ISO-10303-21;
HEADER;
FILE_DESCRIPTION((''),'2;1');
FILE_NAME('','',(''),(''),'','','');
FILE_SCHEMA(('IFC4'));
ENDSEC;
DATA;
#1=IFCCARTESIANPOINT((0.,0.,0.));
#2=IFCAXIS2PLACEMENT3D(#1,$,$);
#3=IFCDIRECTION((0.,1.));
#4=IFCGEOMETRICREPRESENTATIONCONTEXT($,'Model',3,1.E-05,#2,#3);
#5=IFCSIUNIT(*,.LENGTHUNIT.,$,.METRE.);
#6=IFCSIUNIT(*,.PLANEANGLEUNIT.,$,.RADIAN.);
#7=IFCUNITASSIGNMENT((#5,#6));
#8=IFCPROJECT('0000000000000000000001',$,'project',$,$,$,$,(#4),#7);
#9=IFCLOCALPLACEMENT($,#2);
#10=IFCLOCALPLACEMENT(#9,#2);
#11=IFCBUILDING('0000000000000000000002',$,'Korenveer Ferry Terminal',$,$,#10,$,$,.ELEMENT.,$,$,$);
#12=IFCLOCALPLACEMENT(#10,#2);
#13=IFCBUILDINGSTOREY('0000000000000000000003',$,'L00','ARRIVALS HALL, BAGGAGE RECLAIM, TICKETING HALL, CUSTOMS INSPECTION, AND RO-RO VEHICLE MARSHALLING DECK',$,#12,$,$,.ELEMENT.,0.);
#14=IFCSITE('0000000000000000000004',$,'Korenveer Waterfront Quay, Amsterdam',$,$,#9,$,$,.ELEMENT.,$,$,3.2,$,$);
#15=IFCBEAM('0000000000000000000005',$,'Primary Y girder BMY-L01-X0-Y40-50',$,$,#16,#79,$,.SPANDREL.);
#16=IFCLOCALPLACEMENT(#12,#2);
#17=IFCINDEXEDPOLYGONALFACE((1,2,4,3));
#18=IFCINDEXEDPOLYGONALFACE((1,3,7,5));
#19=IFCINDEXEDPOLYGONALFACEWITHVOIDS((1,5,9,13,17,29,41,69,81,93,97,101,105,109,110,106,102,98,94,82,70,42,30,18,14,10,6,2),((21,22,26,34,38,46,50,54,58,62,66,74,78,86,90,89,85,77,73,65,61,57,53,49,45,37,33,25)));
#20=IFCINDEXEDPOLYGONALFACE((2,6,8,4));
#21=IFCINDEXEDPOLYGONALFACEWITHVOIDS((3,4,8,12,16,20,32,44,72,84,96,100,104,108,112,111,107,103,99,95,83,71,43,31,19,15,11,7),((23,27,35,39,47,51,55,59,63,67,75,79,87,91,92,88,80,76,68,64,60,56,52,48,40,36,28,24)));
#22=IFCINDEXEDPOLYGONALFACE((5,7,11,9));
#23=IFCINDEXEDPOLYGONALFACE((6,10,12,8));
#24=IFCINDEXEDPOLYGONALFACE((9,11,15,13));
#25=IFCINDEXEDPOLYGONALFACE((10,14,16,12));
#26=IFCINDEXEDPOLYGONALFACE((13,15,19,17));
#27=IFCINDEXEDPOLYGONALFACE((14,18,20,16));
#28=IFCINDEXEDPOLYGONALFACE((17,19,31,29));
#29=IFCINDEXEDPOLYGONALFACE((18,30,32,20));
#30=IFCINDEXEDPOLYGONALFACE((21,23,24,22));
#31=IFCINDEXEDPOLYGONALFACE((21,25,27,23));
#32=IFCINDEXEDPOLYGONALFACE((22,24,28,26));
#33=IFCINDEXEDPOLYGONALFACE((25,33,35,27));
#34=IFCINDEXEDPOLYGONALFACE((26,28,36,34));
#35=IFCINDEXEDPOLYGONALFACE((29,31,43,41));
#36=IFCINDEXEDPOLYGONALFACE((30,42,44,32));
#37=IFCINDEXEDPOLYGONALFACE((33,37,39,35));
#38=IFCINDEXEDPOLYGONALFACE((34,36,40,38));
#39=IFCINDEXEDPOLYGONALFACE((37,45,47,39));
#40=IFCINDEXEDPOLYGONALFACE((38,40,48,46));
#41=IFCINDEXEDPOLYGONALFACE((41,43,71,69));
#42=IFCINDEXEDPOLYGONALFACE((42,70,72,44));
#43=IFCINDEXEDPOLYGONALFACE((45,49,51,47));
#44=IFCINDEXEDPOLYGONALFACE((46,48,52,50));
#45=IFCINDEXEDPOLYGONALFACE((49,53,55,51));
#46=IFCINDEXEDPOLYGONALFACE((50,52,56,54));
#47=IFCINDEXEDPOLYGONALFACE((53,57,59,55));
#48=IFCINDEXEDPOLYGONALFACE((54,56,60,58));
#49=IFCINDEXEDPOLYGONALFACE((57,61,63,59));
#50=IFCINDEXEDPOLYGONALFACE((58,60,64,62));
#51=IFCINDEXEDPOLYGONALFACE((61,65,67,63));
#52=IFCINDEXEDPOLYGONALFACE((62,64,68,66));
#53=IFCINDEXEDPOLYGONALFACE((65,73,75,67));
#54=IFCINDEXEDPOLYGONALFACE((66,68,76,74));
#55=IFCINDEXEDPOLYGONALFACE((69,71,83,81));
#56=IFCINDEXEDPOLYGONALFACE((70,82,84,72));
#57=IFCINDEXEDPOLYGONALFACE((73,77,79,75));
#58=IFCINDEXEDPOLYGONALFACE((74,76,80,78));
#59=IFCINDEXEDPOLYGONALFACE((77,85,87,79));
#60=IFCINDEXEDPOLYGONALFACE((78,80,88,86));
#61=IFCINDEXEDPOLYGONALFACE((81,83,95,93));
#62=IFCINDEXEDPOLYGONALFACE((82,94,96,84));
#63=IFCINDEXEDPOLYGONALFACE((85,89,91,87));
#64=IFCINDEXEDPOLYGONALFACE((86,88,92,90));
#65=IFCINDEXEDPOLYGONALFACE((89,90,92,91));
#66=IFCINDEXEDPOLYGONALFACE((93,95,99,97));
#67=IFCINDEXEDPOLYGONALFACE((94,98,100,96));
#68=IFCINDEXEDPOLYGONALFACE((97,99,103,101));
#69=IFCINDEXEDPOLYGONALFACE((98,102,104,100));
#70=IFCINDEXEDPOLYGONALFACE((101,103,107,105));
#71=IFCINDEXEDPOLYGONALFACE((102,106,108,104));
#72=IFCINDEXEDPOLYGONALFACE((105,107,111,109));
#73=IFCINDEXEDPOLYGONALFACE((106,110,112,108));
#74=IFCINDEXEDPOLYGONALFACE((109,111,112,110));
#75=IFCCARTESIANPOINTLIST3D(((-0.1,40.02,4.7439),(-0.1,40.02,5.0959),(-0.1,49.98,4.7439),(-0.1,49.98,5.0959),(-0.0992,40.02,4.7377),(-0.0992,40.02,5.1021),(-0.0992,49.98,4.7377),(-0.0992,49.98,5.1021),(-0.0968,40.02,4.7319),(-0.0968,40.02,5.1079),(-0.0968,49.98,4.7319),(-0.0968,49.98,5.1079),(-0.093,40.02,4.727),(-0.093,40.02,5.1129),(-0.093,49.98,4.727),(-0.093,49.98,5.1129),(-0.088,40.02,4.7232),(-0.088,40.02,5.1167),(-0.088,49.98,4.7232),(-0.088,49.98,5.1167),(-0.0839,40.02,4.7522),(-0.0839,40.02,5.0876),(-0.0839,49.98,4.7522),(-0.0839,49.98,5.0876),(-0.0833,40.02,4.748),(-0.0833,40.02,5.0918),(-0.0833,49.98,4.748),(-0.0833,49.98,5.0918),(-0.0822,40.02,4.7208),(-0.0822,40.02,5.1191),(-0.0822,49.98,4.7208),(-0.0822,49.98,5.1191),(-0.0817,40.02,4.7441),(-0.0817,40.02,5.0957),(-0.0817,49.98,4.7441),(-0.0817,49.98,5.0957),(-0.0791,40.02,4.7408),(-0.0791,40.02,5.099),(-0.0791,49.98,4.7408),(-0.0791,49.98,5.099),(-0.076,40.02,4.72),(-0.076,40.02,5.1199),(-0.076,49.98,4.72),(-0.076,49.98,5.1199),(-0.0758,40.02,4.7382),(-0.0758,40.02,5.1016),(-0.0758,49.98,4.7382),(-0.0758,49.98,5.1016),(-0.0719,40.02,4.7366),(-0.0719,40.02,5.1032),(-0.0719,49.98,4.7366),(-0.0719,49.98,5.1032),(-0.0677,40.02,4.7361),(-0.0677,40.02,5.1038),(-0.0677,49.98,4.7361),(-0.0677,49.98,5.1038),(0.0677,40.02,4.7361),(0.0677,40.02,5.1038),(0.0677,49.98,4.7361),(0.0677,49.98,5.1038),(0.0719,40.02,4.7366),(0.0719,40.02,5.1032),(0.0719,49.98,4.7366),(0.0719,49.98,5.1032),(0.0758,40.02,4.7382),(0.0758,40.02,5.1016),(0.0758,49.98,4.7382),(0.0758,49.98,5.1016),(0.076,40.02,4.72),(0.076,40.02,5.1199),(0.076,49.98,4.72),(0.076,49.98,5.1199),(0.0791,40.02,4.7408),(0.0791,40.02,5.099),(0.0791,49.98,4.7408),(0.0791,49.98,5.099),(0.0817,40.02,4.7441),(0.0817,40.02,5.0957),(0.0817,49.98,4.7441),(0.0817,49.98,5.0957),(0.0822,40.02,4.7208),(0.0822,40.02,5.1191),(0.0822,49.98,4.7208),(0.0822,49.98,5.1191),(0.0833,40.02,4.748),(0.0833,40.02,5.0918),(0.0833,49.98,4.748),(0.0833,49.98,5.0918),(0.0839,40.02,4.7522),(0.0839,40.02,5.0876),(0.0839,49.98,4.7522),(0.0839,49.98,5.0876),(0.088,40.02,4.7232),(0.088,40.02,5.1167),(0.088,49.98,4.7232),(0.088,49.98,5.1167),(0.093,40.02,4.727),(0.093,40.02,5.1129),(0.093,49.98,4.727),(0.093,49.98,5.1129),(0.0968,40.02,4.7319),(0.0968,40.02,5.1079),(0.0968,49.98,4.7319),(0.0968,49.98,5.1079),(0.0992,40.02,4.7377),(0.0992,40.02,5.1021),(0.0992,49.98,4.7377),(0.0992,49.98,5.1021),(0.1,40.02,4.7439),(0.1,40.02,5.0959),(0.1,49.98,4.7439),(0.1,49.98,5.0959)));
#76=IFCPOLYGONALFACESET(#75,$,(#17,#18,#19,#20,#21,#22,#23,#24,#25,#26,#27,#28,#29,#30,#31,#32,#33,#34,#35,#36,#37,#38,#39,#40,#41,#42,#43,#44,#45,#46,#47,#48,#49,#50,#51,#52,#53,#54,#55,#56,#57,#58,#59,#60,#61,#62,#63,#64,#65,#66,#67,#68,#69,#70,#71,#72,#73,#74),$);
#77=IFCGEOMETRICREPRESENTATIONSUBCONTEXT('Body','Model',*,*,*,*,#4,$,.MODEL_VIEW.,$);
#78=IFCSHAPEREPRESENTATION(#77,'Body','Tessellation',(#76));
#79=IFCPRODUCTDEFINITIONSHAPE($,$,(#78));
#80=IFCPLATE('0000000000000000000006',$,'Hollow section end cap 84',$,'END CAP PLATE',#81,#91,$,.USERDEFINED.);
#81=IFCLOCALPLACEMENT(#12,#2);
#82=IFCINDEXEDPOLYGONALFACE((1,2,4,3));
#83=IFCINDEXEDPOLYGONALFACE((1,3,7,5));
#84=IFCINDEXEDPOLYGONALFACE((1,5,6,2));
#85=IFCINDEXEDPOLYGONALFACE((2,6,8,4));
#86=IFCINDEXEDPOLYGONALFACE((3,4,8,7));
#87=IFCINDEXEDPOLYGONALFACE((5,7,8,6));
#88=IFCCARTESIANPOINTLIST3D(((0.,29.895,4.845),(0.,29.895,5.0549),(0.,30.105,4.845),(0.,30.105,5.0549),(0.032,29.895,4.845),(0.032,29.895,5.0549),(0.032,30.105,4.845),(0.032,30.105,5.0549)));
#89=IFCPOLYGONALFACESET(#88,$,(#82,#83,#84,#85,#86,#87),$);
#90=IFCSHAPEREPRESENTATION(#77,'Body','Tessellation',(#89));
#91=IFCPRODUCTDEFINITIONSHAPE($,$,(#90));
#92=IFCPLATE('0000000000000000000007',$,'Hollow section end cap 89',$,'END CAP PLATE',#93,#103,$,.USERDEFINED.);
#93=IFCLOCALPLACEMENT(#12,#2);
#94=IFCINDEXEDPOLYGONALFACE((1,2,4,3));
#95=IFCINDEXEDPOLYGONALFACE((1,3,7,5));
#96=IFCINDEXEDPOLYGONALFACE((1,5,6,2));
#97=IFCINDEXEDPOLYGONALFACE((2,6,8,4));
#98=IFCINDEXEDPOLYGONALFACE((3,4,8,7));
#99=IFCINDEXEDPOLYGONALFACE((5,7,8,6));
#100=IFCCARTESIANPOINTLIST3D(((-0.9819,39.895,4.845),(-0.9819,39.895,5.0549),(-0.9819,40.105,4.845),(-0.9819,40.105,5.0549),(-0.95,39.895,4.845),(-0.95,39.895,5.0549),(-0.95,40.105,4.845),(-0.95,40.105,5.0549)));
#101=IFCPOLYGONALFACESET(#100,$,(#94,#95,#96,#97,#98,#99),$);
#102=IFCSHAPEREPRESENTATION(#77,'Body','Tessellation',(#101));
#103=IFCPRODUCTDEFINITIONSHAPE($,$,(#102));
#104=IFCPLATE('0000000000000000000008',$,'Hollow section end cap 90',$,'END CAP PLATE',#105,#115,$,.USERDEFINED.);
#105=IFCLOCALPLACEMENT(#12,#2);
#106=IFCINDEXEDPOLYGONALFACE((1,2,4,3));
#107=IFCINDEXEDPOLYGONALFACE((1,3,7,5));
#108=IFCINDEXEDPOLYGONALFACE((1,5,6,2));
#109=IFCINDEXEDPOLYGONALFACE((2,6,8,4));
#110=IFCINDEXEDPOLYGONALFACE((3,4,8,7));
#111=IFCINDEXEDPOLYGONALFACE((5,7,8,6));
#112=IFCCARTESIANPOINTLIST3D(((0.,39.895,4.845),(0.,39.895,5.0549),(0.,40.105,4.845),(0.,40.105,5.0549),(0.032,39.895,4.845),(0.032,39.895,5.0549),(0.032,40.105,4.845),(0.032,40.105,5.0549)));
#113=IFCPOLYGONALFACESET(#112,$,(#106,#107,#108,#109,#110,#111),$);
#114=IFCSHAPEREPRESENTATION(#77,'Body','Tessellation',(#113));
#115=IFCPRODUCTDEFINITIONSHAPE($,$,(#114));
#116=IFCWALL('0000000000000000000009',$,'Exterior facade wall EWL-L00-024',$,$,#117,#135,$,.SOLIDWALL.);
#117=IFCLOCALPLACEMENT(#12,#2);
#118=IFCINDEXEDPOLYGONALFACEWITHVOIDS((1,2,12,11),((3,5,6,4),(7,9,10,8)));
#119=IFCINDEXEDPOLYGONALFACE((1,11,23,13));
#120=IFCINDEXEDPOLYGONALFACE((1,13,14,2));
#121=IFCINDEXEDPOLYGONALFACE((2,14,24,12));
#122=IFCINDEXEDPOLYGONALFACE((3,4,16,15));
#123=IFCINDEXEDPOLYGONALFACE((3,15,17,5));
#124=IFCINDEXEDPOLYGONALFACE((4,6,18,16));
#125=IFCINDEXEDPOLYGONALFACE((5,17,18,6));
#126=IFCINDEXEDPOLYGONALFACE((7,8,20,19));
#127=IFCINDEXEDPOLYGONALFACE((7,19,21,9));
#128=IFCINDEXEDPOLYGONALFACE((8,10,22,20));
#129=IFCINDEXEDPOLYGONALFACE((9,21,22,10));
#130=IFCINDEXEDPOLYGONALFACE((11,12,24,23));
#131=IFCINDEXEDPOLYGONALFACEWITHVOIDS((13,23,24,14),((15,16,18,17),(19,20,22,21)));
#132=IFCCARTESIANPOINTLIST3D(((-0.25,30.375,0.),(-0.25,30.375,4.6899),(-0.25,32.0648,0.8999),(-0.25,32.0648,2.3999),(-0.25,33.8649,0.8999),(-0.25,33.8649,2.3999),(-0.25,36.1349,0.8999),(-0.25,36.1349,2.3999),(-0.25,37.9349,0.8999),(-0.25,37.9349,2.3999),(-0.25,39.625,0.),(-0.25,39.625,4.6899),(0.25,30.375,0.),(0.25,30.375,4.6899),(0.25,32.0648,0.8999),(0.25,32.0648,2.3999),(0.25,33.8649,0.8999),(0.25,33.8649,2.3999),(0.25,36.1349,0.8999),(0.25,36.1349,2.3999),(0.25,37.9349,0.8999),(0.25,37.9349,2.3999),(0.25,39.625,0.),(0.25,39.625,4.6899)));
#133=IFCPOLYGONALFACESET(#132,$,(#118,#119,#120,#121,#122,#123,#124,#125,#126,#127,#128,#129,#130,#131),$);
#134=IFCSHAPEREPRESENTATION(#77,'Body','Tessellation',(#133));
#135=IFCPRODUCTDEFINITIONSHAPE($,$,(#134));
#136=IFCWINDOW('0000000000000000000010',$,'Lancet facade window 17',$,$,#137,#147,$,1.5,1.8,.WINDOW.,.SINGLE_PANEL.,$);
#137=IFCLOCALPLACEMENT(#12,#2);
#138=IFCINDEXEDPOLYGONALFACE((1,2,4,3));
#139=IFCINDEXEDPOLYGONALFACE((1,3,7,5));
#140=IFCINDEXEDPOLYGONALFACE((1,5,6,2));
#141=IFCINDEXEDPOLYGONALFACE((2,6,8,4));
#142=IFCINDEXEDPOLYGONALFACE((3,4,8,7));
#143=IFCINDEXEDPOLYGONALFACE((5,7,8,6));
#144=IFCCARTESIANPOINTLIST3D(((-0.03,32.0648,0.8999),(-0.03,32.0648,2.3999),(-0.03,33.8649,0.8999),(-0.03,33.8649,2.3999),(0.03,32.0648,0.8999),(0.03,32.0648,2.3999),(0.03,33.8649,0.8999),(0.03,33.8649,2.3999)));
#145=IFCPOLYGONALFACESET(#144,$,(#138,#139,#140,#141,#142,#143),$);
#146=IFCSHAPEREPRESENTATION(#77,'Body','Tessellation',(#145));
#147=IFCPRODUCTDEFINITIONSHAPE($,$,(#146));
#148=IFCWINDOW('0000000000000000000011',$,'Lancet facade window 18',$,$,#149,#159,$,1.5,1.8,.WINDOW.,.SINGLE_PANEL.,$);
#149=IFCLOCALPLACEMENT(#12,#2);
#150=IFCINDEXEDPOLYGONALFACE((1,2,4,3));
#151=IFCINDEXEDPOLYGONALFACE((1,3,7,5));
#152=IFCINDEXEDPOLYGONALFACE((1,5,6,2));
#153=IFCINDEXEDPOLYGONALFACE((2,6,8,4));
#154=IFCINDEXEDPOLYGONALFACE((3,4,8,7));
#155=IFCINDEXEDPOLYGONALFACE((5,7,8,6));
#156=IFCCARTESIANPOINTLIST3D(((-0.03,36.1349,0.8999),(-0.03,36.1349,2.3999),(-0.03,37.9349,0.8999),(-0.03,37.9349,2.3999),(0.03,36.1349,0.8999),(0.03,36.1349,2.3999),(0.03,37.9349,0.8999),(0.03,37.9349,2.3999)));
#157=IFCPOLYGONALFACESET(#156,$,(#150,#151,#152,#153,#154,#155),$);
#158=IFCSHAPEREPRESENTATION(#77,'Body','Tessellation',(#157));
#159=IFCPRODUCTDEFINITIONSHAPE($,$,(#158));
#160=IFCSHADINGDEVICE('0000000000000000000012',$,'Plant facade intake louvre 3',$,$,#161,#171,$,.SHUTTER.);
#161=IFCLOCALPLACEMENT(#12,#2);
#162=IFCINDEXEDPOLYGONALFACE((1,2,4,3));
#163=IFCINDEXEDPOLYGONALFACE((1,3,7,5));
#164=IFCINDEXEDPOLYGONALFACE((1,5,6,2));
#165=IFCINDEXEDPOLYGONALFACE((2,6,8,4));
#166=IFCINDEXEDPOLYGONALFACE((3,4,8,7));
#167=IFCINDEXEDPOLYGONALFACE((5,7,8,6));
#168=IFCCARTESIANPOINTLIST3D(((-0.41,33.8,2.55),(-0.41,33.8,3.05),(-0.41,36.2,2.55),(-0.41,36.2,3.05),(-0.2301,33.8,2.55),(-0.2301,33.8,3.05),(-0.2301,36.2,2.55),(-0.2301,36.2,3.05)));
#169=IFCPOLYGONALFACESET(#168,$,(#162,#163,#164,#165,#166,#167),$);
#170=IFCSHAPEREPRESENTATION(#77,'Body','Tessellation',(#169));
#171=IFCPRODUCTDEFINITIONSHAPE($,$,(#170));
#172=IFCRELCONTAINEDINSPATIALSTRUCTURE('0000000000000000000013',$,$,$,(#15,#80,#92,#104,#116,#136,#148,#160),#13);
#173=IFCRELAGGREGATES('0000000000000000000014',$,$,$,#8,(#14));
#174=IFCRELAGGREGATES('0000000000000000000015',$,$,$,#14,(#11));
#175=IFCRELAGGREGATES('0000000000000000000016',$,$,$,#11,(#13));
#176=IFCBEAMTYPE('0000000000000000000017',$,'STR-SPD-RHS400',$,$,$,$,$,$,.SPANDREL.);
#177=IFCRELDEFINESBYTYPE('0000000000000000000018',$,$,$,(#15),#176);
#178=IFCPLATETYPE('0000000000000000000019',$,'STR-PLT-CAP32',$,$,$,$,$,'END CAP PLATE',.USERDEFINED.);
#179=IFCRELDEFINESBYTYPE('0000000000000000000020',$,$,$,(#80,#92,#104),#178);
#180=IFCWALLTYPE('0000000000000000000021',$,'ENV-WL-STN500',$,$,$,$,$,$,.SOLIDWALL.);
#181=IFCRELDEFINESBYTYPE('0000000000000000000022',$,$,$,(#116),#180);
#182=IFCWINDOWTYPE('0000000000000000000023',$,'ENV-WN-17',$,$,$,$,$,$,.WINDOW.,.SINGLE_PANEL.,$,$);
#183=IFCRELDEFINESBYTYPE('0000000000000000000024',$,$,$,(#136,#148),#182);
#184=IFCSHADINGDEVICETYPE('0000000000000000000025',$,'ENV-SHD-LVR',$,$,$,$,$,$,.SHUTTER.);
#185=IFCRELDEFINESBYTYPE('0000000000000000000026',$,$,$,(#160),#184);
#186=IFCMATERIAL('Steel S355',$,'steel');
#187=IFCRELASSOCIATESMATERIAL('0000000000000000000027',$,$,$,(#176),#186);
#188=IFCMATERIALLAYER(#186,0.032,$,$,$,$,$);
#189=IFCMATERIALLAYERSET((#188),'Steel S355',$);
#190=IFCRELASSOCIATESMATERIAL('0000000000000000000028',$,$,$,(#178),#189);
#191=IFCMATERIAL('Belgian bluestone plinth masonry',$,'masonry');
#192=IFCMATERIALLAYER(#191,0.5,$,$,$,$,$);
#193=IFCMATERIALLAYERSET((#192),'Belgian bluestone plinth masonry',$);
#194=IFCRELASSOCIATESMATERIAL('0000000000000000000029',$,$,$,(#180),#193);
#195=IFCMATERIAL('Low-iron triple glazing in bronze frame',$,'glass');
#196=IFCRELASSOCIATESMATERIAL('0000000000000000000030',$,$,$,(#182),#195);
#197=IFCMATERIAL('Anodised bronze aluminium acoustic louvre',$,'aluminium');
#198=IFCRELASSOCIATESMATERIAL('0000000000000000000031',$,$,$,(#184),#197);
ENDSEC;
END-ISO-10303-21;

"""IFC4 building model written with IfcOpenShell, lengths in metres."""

from ifc_helpers import new_model, si_unit, direction, frame, frame_2d, origin, origin_2d, place, context, subcontext, project, spatial, rectangle, hollow_rectangle, extrude, material, layer, layer_set, material_profile, profile_set, type_object, element, fill, save


model = new_model("IFC4")

# Units and contexts
model_context = context("Model", 3, precision=1e-05, world=origin(), true_north=direction((0.0, 1.0)))
body_context = subcontext(model_context, "Body", "Model", "MODEL_VIEW")
ifc_project = project(units=[si_unit("LENGTHUNIT", "METRE"), si_unit("PLANEANGLEUNIT", "RADIAN")], contexts=[model_context])

# Site, building, storey
site_placement = place(None, origin())
site = spatial("IfcSite", under=ifc_project, at=site_placement, Name="Korenveer Waterfront Quay, Amsterdam", CompositionType="ELEMENT", RefElevation=3.2)
building_placement = place(site_placement, origin())
building = spatial("IfcBuilding", under=site, at=building_placement, Name="Korenveer Ferry Terminal", CompositionType="ELEMENT")
storey_placement = place(building_placement, origin())
storey = spatial("IfcBuildingStorey", under=building, at=storey_placement, Name="L00", Description="ARRIVALS HALL, BAGGAGE RECLAIM, TICKETING HALL, CUSTOMS INSPECTION, AND RO-RO VEHICLE MARSHALLING DECK", CompositionType="ELEMENT", Elevation=0.0)

# Beam
ifc_material_1 = material(Name="Steel S355", Category="steel")
ifc_material_profile_1 = material_profile(ifc_material_1, hollow_rectangle(XDim=0.2, YDim=0.3999, WallThickness=0.0161, InnerFilletRadius=0.0161, OuterFilletRadius=0.0239, at=origin_2d()), Name="RHS 400x200x16")
ifc_profile_set_1 = profile_set([ifc_material_profile_1], Name="Steel S355")
beam_type_1 = type_object("IfcBeamType", Name="STR-SPD-RHS400", PredefinedType="SPANDREL", material=ifc_profile_set_1)
for number, where, z_axis, x_axis, name in (
    (1, (0.0, 40.02, 4.9199), (0.0, 1.0, 0.0), (-1.0, 0.0, 0.0), "Primary Y girder BMY-L01-X0-Y40-50"),
):
    element("IfcBeam", number, at=place(storey_placement, frame(where, z_axis=z_axis, x_axis=x_axis)), inside=storey, type_object=beam_type_1, Name=name, PredefinedType="SPANDREL", context=body_context, shape_type="SweptSolid", body=[
        extrude(hollow_rectangle(XDim=0.2, YDim=0.3999, WallThickness=0.0161, InnerFilletRadius=0.0161, OuterFilletRadius=0.0239, at=origin_2d()), origin(), (0.0, 0.0, 1.0), 9.96),
    ])

# Plates
ifc_layer_1 = layer(ifc_material_1, 0.032)
ifc_layer_set_1 = layer_set([ifc_layer_1], Name="Steel S355")
plate_type = type_object("IfcPlateType", Name="STR-PLT-CAP32", ElementType="END CAP PLATE", PredefinedType="USERDEFINED", material=ifc_layer_set_1)
for number, where, z_axis, x_axis, name in (
    (2, (0.0, 30.0, 4.95), (1.0, 0.0, 0.0), (0.0, 1.0, 0.0), "Hollow section end cap 84"),
    (3, (-0.9819, 40.0, 4.95), (1.0, 0.0, 0.0), (0.0, 1.0, 0.0), "Hollow section end cap 89"),
    (4, (0.0, 40.0, 4.95), (1.0, 0.0, 0.0), (0.0, 1.0, 0.0), "Hollow section end cap 90"),
):
    element("IfcPlate", number, at=place(storey_placement, frame(where, z_axis=z_axis, x_axis=x_axis)), inside=storey, type_object=plate_type, Name=name, ObjectType="END CAP PLATE", PredefinedType="USERDEFINED", context=body_context, shape_type="SweptSolid", body=[
        extrude(rectangle(XDim=0.21, YDim=0.21, at=origin_2d()), origin(), (0.0, 0.0, 1.0), 0.032),
    ])

# Wall, openings, windows
ifc_material_2 = material(Name="Belgian bluestone plinth masonry", Category="masonry")
ifc_layer_2 = layer(ifc_material_2, 0.5)
ifc_layer_set_2 = layer_set([ifc_layer_2], Name="Belgian bluestone plinth masonry")
wall_type = type_object("IfcWallType", Name="ENV-WL-STN500", PredefinedType="SOLIDWALL", material=ifc_layer_set_2)
wall_placement = place(storey_placement, frame((0.0, 30.375, 0.0), z_axis=(0.0, 0.0, 1.0), x_axis=(0.0, 1.0, 0.0)))
wall = element("IfcWall", 5, at=wall_placement, inside=storey, type_object=wall_type, Name="Exterior facade wall EWL-L00-024", PredefinedType="SOLIDWALL", context=body_context, shape_type="SweptSolid", body=[
    extrude(rectangle(XDim=9.25, YDim=0.5, at=frame_2d((4.625, 0.0))), origin(), (0.0, 0.0, 1.0), 4.6899),
])
opening_1_placement = place(wall_placement, frame((1.6899, 0.0, 0.8999)))
opening_1 = element("IfcOpeningElement", 6, at=opening_1_placement, cuts=wall, PredefinedType="OPENING", context=body_context, shape_type="SweptSolid", body=[
    extrude(rectangle(XDim=1.8, YDim=1.5, at=frame_2d((0.8999, 0.75))), frame((0.0, 0.26, 0.0), z_axis=(0.0, -1.0, 0.0), x_axis=(1.0, 0.0, 0.0)), (0.0, 0.0, 1.0), 0.52),
])
opening_2_placement = place(wall_placement, frame((5.76, 0.0, 0.8999)))
opening_2 = element("IfcOpeningElement", 7, at=opening_2_placement, cuts=wall, PredefinedType="OPENING", context=body_context, shape_type="SweptSolid", body=[
    extrude(rectangle(XDim=1.8, YDim=1.5, at=frame_2d((0.8999, 0.75))), frame((0.0, 0.26, 0.0), z_axis=(0.0, -1.0, 0.0), x_axis=(1.0, 0.0, 0.0)), (0.0, 0.0, 1.0), 0.52),
])
ifc_material_3 = material(Name="Low-iron triple glazing in bronze frame", Category="glass")
window_type = type_object("IfcWindowType", Name="ENV-WN-17", PartitioningType="SINGLE_PANEL", PredefinedType="WINDOW", material=ifc_material_3)
window_1_placement = place(opening_1_placement, origin())
window_1 = element("IfcWindow", 8, at=window_1_placement, inside=storey, type_object=window_type, Name="Lancet facade window 17", OverallHeight=1.5, OverallWidth=1.8, PartitioningType="SINGLE_PANEL", PredefinedType="WINDOW", context=body_context, shape_type="SweptSolid", body=[
    extrude(rectangle(XDim=1.8, YDim=1.5, at=frame_2d((0.8999, 0.75))), frame((0.0, 0.03, 0.0), z_axis=(0.0, -1.0, 0.0), x_axis=(1.0, 0.0, 0.0)), (0.0, 0.0, 1.0), 0.0601),
])
fill(opening_1, window_1)
window_2_placement = place(opening_2_placement, origin())
window_2 = element("IfcWindow", 9, at=window_2_placement, inside=storey, type_object=window_type, Name="Lancet facade window 18", OverallHeight=1.5, OverallWidth=1.8, PartitioningType="SINGLE_PANEL", PredefinedType="WINDOW", context=body_context, shape_type="SweptSolid", body=[
    extrude(rectangle(XDim=1.8, YDim=1.5, at=frame_2d((0.8999, 0.75))), frame((0.0, 0.03, 0.0), z_axis=(0.0, -1.0, 0.0), x_axis=(1.0, 0.0, 0.0)), (0.0, 0.0, 1.0), 0.0601),
])
fill(opening_2, window_2)

# Shading device
ifc_material_4 = material(Name="Anodised bronze aluminium acoustic louvre", Category="aluminium")
shading_device_type = type_object("IfcShadingDeviceType", Name="ENV-SHD-LVR", PredefinedType="SHUTTER", material=ifc_material_4)
shading_device_placement = place(storey_placement, frame((-0.3201, 35.0, 2.55), z_axis=(0.0, 0.0, 1.0), x_axis=(0.0, 1.0, 0.0)))
element("IfcShadingDevice", 10, at=shading_device_placement, inside=storey, type_object=shading_device_type, Name="Plant facade intake louvre 3", PredefinedType="SHUTTER", context=body_context, shape_type="SweptSolid", body=[
    extrude(rectangle(XDim=2.3999, YDim=0.1799, at=origin_2d()), origin(), (0.0, 0.0, 1.0), 0.5),
])

save(model, "model.ifc")
